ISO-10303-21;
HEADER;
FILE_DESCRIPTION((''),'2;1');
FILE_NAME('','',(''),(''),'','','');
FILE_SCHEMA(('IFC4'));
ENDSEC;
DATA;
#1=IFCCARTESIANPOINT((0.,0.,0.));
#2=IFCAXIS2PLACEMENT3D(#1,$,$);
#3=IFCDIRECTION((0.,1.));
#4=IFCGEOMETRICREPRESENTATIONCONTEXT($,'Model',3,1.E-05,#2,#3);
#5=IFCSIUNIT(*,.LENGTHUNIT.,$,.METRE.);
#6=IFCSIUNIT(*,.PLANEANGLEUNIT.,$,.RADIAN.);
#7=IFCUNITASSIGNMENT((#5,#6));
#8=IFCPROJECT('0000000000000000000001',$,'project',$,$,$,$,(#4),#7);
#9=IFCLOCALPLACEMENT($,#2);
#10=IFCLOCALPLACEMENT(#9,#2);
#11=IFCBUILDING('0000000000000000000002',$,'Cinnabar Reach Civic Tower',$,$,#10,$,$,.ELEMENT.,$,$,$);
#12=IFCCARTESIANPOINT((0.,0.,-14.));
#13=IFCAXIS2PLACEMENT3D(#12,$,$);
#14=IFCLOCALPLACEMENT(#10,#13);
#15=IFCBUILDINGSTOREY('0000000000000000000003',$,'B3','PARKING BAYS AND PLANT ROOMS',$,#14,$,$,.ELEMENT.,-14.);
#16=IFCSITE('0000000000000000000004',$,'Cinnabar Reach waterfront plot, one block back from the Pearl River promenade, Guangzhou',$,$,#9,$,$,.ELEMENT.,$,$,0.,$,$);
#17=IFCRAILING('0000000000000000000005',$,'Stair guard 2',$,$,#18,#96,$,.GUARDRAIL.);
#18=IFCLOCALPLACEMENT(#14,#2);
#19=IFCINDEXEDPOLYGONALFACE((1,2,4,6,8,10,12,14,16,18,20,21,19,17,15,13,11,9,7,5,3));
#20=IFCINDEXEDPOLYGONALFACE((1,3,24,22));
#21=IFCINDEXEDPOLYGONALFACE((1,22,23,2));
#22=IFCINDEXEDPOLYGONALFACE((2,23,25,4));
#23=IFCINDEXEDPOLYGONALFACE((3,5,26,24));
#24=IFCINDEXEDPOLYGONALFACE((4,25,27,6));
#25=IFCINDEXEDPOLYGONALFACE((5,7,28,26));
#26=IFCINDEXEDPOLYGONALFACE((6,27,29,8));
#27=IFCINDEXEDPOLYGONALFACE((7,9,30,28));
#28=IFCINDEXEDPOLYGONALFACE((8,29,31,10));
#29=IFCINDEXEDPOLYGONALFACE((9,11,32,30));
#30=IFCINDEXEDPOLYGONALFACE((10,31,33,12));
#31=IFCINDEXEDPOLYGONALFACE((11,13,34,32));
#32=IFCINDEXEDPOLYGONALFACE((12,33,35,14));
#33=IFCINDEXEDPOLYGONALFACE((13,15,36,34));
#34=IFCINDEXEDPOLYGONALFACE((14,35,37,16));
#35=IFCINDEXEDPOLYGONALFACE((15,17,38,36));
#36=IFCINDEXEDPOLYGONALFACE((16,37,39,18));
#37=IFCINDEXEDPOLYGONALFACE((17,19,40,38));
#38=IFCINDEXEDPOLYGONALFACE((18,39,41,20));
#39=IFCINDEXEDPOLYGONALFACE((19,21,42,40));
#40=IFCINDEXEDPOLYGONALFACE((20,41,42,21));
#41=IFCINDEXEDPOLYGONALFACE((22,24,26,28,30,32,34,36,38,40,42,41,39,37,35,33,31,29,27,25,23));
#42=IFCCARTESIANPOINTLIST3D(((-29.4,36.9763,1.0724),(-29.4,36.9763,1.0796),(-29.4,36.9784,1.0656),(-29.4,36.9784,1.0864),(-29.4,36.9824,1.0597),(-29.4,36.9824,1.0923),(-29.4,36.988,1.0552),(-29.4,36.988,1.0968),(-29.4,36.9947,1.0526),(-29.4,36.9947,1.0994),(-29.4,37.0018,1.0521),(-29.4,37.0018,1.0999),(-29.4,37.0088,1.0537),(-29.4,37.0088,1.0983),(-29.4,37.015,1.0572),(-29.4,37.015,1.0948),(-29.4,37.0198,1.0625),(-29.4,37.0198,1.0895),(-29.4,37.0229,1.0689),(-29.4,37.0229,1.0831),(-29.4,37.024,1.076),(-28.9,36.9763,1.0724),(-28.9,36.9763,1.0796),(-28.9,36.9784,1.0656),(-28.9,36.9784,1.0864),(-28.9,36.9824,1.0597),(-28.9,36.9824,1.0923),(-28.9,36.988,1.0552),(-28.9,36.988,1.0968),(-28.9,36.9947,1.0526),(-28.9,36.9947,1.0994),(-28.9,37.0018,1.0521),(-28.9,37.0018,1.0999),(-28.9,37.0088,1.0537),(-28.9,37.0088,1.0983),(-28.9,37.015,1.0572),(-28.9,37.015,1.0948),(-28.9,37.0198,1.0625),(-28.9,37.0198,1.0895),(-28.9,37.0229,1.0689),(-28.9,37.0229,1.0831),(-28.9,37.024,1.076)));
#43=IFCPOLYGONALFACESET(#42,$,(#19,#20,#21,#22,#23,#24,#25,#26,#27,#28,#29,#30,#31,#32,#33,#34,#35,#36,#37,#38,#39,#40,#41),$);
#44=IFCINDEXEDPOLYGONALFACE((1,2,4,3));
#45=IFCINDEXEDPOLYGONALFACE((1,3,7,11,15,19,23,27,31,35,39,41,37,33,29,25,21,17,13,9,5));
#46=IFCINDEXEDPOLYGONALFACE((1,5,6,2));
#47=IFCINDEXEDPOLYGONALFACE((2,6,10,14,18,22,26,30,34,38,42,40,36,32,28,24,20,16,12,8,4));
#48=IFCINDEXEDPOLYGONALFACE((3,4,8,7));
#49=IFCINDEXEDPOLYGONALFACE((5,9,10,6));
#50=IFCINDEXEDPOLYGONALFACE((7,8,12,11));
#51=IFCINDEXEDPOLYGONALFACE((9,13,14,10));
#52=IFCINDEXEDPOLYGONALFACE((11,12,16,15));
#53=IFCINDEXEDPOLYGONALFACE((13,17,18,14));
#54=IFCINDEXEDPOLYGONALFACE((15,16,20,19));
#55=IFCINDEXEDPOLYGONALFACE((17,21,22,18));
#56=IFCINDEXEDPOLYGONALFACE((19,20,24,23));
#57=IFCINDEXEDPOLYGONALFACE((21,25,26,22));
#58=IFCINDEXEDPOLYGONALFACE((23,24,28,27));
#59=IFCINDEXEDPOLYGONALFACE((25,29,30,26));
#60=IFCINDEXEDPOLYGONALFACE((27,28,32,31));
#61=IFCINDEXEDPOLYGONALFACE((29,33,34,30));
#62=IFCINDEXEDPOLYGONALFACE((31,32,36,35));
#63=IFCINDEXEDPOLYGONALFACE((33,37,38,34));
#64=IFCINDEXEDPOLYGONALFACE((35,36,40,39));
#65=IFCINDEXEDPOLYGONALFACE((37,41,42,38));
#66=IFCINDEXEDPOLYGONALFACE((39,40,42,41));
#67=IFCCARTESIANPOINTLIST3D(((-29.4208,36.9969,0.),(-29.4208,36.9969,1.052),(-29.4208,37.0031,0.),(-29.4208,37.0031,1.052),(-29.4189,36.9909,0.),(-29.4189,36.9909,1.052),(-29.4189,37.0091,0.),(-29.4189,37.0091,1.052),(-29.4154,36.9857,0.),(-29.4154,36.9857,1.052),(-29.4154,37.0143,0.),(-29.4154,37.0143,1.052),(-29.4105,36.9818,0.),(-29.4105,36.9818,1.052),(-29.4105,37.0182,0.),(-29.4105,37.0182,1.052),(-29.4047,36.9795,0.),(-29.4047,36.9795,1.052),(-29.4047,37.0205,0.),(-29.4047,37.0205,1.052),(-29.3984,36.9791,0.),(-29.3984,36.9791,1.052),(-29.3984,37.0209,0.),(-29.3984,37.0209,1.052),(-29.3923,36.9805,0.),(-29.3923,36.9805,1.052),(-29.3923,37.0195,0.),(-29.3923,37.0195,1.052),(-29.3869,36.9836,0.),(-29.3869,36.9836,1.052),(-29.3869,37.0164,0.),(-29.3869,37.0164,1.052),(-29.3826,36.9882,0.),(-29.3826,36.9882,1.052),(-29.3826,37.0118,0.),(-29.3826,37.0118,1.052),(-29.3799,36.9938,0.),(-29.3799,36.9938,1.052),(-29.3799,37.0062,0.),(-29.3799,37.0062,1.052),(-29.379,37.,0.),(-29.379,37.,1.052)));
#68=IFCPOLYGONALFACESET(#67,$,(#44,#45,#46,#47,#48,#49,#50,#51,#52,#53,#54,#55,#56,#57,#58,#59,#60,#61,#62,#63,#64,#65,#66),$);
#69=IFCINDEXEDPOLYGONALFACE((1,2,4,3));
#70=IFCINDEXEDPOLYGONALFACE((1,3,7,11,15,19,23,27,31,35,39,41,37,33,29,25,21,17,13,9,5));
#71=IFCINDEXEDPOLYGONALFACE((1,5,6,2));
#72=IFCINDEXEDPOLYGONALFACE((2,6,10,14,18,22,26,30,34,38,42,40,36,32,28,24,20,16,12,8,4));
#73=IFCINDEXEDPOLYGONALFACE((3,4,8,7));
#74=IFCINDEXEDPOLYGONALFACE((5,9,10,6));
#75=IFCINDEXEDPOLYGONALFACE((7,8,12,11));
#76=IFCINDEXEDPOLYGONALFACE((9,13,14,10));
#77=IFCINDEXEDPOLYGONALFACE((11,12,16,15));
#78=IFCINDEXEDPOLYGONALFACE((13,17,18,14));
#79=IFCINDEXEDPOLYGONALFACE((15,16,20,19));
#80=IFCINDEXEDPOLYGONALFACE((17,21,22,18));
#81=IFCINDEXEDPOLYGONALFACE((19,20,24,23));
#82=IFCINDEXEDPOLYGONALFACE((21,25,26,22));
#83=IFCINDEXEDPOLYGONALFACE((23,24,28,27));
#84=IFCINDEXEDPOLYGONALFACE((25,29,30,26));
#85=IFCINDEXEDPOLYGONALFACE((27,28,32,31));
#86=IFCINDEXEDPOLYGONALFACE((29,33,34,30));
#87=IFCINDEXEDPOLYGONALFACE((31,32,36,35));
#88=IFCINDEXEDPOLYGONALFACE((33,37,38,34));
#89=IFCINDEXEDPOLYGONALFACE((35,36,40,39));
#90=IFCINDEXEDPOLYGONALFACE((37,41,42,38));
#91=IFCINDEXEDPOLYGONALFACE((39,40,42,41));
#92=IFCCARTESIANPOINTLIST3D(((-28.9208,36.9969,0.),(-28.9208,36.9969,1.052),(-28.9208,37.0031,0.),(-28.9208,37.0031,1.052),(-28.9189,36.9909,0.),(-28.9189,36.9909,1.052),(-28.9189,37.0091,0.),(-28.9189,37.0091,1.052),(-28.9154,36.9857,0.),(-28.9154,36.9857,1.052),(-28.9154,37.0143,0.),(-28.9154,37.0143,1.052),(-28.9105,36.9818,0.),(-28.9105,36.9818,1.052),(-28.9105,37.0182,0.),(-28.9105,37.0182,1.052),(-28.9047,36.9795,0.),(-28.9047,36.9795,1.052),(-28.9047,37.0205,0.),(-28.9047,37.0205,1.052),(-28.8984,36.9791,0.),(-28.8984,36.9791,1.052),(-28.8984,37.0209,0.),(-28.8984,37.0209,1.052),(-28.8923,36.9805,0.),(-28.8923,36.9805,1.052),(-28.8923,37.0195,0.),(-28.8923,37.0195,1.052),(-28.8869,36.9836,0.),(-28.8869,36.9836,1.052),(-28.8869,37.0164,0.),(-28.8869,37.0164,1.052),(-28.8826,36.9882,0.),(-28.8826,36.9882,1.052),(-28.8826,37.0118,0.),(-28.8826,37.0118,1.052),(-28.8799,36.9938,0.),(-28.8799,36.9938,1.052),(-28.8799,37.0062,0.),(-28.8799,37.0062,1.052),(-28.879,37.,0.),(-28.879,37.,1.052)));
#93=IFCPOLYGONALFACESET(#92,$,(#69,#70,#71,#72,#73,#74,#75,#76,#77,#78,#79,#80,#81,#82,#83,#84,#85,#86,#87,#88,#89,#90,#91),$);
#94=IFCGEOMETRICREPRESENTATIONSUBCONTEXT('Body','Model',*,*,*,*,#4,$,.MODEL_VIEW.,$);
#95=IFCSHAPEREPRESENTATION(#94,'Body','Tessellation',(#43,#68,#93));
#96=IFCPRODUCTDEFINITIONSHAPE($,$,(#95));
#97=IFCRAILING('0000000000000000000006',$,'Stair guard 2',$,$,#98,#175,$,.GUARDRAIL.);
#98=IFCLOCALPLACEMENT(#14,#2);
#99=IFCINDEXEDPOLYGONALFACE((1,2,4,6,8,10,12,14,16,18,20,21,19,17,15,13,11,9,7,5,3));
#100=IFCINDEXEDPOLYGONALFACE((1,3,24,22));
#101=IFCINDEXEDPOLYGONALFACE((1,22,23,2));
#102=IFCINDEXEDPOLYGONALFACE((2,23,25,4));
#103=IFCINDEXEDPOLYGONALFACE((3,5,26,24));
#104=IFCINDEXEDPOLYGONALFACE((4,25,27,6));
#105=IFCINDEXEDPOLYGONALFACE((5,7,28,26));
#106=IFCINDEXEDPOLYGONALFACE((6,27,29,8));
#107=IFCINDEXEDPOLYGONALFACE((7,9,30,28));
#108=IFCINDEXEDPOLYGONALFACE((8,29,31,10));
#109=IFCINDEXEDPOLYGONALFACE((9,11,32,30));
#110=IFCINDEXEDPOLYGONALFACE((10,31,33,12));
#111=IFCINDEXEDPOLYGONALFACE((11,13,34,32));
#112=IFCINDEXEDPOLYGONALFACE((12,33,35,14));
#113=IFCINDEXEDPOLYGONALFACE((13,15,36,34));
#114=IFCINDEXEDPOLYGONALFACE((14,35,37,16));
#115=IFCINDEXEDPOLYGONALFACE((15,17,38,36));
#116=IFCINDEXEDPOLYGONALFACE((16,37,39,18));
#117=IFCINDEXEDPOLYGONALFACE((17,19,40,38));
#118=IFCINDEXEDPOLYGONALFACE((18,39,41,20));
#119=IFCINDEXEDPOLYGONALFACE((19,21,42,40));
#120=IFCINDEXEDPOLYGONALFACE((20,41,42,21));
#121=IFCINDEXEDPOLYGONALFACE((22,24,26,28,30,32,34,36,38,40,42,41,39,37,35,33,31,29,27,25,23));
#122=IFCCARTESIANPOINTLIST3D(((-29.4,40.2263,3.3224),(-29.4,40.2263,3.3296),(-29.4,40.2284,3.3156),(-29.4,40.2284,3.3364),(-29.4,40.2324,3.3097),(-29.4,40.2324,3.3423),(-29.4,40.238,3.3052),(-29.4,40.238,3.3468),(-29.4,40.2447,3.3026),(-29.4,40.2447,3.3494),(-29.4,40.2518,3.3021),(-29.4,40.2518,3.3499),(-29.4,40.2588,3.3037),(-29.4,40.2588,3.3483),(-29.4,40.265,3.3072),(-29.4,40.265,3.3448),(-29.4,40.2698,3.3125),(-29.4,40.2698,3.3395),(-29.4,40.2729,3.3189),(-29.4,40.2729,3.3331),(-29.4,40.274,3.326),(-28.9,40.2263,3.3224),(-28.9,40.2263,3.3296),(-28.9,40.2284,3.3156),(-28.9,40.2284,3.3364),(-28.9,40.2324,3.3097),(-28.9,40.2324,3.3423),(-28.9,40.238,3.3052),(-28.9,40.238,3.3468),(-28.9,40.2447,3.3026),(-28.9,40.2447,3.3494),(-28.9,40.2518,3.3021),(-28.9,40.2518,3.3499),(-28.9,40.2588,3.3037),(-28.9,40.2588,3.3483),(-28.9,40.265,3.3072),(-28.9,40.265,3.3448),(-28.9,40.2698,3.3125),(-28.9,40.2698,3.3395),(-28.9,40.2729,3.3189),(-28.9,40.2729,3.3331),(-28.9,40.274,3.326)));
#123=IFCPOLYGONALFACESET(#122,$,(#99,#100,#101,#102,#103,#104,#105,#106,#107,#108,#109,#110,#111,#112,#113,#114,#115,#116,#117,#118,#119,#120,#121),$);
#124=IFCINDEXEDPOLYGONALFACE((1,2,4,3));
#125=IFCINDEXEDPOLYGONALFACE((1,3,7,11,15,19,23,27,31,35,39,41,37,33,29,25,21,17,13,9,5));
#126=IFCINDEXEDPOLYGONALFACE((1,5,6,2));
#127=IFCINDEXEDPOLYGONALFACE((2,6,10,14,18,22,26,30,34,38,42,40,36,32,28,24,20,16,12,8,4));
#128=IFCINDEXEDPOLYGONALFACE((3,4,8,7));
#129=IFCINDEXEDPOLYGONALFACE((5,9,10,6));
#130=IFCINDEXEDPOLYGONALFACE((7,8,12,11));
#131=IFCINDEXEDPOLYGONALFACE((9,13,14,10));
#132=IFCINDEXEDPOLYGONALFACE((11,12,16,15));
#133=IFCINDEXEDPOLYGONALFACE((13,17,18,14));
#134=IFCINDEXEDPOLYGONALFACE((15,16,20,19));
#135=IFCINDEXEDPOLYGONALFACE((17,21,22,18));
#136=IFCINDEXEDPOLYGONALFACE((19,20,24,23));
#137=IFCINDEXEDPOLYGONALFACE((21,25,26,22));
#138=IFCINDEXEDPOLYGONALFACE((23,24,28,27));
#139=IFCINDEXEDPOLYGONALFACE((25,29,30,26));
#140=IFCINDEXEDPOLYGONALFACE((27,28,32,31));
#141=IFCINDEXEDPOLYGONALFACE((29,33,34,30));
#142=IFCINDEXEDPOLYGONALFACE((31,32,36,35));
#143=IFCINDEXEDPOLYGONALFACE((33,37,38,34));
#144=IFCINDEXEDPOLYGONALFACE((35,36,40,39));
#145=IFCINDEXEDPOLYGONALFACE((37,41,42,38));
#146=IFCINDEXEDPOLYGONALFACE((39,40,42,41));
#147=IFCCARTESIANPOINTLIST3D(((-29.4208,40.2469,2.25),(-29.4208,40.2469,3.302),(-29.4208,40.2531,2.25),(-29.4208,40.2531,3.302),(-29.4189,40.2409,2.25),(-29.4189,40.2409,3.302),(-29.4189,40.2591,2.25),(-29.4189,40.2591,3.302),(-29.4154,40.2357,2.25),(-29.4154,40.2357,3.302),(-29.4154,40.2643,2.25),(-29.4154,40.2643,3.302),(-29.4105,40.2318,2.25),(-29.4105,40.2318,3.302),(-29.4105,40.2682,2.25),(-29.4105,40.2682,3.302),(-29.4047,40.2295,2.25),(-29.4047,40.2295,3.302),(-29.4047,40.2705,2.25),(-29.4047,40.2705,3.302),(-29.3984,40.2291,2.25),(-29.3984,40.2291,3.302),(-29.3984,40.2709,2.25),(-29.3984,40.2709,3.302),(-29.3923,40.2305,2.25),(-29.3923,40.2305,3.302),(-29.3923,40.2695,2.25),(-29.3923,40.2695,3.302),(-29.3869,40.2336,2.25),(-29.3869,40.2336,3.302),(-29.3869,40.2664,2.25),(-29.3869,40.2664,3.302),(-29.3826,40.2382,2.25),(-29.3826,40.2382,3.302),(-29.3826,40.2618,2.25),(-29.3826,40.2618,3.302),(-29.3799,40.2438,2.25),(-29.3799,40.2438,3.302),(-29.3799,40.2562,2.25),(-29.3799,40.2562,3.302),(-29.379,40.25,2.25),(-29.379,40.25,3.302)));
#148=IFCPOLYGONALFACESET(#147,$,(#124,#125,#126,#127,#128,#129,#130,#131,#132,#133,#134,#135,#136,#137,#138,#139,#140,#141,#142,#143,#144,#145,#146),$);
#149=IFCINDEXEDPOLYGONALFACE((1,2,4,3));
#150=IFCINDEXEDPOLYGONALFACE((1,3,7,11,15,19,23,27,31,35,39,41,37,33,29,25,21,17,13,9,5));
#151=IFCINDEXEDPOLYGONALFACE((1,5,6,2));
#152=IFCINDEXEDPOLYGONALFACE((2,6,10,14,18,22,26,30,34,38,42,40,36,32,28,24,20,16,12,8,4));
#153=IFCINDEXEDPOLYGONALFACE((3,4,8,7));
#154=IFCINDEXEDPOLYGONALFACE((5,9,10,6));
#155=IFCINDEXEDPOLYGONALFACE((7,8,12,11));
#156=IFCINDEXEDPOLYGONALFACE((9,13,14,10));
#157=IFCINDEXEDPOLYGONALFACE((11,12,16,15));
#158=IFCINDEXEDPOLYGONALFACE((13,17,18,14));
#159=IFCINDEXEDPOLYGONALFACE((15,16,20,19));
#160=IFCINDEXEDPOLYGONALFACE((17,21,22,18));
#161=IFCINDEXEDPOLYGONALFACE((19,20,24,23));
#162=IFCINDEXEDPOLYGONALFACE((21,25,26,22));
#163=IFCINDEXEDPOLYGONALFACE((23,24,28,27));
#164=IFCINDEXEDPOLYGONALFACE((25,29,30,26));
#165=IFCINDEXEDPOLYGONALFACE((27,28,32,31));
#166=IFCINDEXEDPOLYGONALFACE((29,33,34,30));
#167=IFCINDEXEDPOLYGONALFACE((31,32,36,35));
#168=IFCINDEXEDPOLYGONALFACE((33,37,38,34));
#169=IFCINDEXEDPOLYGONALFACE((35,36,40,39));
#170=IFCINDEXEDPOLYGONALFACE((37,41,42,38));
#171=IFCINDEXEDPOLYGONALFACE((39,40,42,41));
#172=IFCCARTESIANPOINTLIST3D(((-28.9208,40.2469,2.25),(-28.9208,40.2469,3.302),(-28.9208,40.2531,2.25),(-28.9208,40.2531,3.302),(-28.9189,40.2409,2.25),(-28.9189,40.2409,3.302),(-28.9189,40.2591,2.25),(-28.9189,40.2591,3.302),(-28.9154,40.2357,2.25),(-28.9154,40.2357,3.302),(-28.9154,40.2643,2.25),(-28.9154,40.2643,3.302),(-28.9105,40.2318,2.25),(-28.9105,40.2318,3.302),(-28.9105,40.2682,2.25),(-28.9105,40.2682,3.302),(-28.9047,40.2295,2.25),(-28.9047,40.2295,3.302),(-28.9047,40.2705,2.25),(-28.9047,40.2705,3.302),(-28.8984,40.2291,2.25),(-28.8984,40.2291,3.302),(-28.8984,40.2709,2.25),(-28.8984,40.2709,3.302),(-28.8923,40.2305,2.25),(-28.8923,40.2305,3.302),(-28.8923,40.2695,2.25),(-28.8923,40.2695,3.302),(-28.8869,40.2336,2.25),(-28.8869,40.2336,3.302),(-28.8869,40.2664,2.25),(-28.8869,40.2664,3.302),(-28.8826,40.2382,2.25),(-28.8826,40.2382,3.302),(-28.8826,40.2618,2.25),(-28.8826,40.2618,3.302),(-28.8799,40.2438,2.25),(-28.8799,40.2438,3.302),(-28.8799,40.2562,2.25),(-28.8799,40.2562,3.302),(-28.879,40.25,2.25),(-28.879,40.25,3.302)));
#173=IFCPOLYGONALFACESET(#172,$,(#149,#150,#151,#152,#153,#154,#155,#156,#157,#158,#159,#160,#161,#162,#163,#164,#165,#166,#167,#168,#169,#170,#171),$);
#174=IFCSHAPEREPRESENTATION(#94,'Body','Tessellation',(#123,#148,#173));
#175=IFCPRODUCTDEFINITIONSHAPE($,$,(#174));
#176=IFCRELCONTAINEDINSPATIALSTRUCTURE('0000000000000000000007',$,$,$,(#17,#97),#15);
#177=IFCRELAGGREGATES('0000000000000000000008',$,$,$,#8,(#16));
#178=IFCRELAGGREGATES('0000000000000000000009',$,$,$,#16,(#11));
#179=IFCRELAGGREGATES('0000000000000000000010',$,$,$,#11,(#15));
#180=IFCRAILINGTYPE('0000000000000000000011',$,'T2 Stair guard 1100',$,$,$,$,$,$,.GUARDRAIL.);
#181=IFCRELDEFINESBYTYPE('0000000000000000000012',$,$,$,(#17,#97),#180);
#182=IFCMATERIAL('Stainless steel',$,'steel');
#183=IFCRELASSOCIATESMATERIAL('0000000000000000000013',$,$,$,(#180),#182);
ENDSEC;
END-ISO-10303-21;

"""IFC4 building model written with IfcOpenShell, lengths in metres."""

from ifc_helpers import new_model, si_unit, direction, frame, origin, origin_2d, place, context, subcontext, project, spatial, circle, extrude, material, type_object, element, save


model = new_model("IFC4")

# Units and contexts
model_context = context("Model", 3, precision=1e-05, world=origin(), true_north=direction((0.0, 1.0)))
body_context = subcontext(model_context, "Body", "Model", "MODEL_VIEW")
ifc_project = project(units=[si_unit("LENGTHUNIT", "METRE"), si_unit("PLANEANGLEUNIT", "RADIAN")], contexts=[model_context])

# Site, building, storey
site_placement = place(None, origin())
site = spatial("IfcSite", under=ifc_project, at=site_placement, Name="Cinnabar Reach waterfront plot, one block back from the Pearl River promenade, Guangzhou", CompositionType="ELEMENT", RefElevation=0.0)
building_placement = place(site_placement, origin())
building = spatial("IfcBuilding", under=site, at=building_placement, Name="Cinnabar Reach Civic Tower", CompositionType="ELEMENT")
storey_placement = place(building_placement, frame((0.0, 0.0, -14.0)))
storey = spatial("IfcBuildingStorey", under=building, at=storey_placement, Name="B3", Description="PARKING BAYS AND PLANT ROOMS", CompositionType="ELEMENT", Elevation=-14.0)

# Railings
ifc_material_1 = material(Name="Stainless steel", Category="steel")
railing_type = type_object("IfcRailingType", Name="T2 Stair guard 1100", PredefinedType="GUARDRAIL", material=ifc_material_1)
for number, where, name in (
    (1, (-29.4, 37.0, 0.0), "Stair guard 2"),
    (2, (-29.4, 40.25, 2.25), "Stair guard 2"),
):
    element("IfcRailing", number, at=place(storey_placement, frame(where)), inside=storey, type_object=railing_type, Name=name, PredefinedType="GUARDRAIL", context=body_context, shape_type="SweptSolid", body=[
        extrude(circle(Radius=0.024, at=origin_2d()), frame((0.0, 0.0, 1.076), z_axis=(1.0, 0.0, 0.0), x_axis=(0.0, 1.0, 0.0)), (0.0, 0.0, 1.0), 0.5),
        extrude(circle(Radius=0.021, at=origin_2d()), origin(), (0.0, 0.0, 1.0), 1.052),
        extrude(circle(Radius=0.021, at=origin_2d()), frame((0.5, 0.0, 0.0)), (0.0, 0.0, 1.0), 1.052),
    ])

save(model, "model.ifc")
